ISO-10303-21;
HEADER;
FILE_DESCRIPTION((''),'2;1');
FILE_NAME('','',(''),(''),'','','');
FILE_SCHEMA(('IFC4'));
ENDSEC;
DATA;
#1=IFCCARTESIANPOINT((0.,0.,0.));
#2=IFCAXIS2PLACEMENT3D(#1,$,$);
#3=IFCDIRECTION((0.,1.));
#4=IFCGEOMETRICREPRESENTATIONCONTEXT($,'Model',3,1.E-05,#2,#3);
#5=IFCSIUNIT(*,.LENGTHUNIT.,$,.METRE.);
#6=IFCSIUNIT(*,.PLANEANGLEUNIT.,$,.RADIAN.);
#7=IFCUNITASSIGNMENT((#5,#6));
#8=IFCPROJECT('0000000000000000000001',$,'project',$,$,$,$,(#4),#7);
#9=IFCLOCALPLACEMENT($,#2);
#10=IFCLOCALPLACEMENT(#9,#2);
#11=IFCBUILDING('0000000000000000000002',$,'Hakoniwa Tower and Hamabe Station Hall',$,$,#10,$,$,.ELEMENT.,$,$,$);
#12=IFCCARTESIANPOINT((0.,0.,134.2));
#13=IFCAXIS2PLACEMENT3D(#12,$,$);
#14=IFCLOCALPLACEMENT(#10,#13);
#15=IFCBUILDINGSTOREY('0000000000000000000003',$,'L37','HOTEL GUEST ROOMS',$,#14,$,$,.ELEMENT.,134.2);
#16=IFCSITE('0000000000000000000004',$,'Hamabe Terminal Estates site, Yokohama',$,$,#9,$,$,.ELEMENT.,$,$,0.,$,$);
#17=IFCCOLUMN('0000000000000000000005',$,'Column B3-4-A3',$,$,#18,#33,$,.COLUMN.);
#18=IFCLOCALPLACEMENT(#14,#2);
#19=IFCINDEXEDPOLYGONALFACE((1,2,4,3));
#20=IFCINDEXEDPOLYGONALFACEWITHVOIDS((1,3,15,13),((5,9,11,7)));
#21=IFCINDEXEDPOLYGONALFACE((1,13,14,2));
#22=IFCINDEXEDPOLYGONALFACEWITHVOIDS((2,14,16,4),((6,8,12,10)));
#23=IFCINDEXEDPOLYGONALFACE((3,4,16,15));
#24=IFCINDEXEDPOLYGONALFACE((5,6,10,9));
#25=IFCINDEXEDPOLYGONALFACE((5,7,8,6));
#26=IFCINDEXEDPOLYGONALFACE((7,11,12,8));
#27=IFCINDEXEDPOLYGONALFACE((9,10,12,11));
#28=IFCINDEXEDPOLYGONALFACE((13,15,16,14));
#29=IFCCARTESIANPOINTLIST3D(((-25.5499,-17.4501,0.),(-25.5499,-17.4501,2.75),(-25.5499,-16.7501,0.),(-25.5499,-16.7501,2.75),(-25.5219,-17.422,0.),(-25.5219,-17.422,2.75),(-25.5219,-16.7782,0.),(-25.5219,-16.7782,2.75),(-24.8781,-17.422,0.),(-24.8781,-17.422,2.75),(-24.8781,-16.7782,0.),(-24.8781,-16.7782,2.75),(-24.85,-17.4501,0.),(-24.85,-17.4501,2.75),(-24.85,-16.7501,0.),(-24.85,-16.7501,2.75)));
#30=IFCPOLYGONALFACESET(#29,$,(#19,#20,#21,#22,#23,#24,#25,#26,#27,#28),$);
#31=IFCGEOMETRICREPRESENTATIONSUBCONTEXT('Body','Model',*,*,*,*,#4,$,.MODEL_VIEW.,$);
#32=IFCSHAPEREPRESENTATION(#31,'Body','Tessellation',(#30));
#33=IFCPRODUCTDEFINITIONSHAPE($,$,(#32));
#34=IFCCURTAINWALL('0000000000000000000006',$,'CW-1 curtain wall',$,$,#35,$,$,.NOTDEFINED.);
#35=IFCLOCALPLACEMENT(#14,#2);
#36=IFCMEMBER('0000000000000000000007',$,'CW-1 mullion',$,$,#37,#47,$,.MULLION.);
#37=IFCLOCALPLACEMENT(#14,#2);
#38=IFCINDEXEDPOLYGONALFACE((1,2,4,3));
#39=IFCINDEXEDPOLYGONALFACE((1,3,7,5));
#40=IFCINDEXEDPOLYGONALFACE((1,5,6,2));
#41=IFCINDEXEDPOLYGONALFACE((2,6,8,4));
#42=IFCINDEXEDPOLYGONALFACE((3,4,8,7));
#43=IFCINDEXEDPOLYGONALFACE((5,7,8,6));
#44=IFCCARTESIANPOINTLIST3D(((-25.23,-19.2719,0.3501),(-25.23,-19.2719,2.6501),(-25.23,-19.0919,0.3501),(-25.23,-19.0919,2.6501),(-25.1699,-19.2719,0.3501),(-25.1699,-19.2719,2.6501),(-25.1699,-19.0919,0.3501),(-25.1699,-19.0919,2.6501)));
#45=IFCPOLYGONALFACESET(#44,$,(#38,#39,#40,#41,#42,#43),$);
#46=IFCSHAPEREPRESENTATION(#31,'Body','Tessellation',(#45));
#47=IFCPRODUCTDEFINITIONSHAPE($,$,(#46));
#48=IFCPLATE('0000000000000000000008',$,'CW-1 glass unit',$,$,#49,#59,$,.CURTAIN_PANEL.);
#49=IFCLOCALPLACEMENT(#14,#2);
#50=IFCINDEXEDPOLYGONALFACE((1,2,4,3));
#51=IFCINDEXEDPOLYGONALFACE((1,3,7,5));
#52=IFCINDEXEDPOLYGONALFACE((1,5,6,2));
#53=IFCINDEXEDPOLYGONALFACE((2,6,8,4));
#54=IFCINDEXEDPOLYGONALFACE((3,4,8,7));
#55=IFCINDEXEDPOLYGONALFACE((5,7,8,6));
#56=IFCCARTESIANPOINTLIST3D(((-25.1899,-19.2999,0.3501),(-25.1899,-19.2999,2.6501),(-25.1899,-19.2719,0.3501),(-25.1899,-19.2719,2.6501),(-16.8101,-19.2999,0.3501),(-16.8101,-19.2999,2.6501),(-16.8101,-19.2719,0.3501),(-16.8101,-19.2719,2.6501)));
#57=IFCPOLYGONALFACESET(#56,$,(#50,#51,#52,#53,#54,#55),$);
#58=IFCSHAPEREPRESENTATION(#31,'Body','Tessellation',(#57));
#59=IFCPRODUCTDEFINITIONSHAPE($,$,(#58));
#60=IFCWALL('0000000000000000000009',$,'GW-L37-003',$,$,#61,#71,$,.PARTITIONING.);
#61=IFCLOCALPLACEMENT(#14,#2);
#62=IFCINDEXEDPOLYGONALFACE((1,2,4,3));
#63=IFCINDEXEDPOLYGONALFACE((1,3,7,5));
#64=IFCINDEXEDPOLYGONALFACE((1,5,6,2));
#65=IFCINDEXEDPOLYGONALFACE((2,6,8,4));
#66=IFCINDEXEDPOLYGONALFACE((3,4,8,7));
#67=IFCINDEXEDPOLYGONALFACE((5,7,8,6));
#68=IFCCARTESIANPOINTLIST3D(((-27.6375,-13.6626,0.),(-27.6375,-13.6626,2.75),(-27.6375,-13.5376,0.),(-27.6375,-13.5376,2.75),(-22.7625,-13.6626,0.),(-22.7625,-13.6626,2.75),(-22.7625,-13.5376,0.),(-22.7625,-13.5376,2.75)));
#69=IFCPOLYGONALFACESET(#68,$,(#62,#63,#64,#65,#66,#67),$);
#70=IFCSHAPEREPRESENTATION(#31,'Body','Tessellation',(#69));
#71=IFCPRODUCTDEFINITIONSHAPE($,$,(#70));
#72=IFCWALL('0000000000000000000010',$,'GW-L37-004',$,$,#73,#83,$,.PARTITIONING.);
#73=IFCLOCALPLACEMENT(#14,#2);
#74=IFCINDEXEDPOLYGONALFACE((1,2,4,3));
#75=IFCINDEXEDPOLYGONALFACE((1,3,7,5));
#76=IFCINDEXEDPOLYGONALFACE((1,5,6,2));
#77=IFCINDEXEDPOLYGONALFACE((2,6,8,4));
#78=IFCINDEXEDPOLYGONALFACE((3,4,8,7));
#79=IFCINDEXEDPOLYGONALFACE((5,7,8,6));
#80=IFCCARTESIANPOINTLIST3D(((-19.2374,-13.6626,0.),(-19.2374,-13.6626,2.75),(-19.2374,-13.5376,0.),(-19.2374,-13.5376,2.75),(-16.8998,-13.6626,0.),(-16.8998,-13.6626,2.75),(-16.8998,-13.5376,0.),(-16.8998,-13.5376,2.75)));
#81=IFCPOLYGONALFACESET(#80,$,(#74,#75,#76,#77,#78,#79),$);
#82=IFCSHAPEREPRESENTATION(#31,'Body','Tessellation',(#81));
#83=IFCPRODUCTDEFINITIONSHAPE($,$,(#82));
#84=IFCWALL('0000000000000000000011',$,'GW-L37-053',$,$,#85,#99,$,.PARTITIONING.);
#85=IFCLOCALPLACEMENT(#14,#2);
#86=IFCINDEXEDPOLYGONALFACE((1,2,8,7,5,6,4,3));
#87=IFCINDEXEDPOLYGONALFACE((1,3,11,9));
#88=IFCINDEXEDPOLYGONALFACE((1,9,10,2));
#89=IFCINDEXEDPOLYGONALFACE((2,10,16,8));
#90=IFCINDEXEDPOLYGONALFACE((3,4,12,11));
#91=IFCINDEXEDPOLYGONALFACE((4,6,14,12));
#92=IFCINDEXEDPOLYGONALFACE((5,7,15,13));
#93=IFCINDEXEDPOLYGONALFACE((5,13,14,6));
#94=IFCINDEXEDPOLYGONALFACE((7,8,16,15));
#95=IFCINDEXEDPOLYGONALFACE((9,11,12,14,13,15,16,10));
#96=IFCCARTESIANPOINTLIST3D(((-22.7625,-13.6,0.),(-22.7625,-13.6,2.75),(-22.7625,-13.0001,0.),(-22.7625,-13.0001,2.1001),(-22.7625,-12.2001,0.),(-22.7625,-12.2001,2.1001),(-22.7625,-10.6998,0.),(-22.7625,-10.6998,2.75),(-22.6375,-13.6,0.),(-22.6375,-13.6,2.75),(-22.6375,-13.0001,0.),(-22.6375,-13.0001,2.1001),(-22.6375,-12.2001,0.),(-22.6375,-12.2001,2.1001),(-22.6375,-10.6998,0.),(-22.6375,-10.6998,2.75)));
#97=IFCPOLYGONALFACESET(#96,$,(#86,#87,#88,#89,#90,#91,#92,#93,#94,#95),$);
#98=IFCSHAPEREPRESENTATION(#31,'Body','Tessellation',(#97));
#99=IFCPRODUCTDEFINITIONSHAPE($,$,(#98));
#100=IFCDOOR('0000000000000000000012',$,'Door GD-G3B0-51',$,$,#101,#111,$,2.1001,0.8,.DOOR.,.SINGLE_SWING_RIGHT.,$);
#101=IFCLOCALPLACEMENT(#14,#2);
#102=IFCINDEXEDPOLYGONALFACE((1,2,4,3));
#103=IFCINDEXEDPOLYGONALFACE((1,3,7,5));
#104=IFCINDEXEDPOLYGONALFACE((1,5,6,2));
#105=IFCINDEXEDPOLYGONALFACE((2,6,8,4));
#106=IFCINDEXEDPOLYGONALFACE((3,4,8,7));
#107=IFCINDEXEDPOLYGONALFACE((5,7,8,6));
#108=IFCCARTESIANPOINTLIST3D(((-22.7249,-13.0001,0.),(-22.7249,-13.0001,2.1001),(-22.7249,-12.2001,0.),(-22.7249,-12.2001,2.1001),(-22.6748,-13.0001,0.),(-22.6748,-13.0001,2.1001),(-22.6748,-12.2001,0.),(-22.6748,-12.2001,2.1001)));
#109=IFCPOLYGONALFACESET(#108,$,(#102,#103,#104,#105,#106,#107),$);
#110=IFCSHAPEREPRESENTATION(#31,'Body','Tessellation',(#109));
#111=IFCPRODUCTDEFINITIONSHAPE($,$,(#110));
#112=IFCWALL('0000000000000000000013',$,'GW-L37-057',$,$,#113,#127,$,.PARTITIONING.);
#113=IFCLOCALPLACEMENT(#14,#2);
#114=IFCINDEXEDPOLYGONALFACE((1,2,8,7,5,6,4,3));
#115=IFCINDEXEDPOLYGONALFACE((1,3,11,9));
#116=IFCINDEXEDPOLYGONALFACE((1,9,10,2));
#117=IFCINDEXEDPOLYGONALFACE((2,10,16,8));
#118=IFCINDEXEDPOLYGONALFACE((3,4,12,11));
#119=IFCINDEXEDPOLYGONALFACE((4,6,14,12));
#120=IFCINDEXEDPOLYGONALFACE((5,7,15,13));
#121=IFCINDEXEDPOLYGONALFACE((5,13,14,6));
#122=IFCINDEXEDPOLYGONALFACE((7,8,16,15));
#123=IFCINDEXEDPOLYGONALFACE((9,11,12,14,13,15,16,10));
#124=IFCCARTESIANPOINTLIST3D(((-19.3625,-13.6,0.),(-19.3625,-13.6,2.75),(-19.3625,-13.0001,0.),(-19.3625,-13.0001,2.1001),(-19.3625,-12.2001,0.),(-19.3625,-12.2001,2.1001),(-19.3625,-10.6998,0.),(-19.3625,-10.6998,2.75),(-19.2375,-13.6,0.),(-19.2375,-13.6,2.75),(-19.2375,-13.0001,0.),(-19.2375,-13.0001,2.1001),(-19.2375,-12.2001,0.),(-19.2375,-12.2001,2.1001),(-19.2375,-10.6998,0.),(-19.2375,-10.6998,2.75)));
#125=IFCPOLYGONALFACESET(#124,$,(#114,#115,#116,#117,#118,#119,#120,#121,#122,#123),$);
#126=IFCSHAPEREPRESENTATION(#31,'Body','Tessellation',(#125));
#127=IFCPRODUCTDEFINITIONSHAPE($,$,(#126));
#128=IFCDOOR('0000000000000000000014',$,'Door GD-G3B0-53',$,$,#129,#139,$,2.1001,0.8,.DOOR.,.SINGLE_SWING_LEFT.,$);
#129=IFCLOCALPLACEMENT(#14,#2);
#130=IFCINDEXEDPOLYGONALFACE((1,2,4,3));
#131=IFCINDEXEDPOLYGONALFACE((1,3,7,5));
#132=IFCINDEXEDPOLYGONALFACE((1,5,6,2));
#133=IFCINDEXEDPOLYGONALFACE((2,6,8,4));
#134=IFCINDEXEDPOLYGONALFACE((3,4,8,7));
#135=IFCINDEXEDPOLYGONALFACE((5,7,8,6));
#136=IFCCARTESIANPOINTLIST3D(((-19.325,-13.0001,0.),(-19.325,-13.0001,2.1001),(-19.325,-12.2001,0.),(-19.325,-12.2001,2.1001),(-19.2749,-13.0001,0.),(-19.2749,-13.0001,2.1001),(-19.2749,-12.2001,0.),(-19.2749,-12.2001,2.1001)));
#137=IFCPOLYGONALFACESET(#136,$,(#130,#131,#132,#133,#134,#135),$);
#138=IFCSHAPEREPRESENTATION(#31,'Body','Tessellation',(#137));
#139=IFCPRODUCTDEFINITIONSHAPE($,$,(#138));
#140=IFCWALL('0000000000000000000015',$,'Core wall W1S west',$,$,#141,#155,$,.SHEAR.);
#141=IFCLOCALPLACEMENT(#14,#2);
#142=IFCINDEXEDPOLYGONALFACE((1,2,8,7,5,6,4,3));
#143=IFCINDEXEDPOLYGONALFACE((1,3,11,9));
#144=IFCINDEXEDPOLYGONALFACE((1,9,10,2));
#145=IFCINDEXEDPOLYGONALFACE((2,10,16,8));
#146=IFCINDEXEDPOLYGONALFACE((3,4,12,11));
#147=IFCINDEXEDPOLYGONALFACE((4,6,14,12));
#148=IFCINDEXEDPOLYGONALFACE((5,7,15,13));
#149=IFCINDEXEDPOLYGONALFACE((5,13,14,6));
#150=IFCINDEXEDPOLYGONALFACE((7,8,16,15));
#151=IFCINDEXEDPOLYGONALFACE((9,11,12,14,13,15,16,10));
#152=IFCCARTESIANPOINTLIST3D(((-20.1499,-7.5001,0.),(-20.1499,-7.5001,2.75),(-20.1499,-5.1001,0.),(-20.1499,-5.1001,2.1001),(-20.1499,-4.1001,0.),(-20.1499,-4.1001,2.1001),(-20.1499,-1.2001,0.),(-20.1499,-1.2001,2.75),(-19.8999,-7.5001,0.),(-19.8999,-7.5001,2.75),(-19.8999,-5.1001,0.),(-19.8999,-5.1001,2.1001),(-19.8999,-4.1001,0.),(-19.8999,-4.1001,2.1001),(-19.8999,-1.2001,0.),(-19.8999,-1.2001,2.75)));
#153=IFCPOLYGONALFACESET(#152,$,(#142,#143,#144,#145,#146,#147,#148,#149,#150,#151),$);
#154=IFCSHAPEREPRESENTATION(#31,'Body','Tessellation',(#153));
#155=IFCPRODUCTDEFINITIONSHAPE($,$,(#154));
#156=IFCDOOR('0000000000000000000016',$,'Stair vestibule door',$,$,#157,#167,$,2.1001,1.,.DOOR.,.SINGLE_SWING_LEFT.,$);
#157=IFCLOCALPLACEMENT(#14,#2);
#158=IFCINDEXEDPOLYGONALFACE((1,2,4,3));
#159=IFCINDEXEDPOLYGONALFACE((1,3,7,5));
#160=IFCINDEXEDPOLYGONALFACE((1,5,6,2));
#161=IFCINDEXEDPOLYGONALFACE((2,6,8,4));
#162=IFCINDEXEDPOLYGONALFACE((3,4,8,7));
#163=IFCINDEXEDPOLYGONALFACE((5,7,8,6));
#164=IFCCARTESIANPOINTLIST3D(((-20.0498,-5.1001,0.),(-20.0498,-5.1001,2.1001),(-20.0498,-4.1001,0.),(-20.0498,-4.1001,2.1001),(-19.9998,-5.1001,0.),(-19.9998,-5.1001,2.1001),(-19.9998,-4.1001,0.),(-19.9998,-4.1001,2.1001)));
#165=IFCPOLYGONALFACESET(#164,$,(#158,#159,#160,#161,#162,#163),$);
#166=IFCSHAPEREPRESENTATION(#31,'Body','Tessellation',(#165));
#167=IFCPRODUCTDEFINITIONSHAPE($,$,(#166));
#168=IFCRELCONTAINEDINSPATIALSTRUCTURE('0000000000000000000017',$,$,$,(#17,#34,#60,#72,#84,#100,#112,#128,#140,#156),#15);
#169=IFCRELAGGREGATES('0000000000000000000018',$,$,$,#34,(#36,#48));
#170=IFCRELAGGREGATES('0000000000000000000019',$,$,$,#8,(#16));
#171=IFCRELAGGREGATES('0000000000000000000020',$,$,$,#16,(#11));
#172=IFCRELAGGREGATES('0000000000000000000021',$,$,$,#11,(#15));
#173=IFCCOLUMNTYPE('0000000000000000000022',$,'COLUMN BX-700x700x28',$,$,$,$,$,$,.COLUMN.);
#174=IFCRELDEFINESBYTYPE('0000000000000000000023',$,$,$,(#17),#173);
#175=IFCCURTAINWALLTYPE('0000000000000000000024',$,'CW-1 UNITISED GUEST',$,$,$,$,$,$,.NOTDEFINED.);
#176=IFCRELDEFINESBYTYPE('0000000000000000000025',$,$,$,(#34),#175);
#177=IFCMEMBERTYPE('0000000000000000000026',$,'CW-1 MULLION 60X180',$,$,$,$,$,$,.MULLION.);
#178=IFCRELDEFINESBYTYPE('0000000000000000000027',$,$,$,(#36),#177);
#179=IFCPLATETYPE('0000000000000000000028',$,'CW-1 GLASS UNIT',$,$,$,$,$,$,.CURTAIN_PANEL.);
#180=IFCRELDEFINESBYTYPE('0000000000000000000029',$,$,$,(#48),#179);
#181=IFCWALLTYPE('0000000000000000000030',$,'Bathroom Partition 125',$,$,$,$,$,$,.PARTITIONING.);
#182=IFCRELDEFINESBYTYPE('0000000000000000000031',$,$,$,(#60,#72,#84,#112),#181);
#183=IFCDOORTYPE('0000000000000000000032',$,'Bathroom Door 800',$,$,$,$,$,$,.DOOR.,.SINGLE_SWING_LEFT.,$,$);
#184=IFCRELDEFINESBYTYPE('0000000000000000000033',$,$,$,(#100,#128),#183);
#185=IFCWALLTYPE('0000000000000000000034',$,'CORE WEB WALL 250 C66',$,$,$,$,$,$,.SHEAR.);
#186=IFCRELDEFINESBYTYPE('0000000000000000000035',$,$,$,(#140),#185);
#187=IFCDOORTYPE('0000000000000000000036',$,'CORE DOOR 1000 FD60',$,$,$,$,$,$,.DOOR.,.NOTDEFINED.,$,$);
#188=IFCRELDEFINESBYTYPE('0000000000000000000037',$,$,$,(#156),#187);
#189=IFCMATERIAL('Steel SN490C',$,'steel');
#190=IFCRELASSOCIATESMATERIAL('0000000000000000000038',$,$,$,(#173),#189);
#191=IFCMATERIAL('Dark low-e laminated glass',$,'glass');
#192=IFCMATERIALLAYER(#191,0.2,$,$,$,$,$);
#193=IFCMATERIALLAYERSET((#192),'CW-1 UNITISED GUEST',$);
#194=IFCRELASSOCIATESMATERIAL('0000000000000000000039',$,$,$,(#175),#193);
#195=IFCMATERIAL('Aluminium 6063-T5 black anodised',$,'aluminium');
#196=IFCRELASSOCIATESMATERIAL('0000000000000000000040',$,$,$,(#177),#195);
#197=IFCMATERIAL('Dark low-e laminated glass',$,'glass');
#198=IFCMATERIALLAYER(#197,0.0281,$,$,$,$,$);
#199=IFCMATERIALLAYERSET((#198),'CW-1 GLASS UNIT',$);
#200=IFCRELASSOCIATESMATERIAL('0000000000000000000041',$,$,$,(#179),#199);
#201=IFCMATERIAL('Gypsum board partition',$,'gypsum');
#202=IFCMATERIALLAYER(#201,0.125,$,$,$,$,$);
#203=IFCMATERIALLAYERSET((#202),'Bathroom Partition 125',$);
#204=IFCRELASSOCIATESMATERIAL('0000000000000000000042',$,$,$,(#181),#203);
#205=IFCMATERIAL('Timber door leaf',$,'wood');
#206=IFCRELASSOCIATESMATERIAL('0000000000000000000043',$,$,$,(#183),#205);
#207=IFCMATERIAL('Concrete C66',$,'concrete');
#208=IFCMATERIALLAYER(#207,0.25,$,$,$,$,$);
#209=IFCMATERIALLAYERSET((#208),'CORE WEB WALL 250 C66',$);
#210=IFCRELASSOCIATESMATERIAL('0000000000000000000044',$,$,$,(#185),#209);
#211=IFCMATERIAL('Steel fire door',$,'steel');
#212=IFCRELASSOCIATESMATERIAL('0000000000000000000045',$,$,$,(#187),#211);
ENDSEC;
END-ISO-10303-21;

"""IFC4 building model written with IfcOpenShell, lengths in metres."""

from ifc_helpers import new_model, si_unit, direction, frame, frame_2d, origin, origin_2d, place, context, subcontext, project, spatial, rectangle, hollow_rectangle, extrude, material, layer, layer_set, material_profile, profile_set, type_object, element, fill, aggregate, save


model = new_model("IFC4")

# Units and contexts
model_context = context("Model", 3, precision=1e-05, world=origin(), true_north=direction((0.0, 1.0)))
body_context = subcontext(model_context, "Body", "Model", "MODEL_VIEW")
ifc_project = project(units=[si_unit("LENGTHUNIT", "METRE"), si_unit("PLANEANGLEUNIT", "RADIAN")], contexts=[model_context])

# Site, building, storey
site_placement = place(None, origin())
site = spatial("IfcSite", under=ifc_project, at=site_placement, Name="Hamabe Terminal Estates site, Yokohama", CompositionType="ELEMENT", RefElevation=0.0)
building_placement = place(site_placement, origin())
building = spatial("IfcBuilding", under=site, at=building_placement, Name="Hakoniwa Tower and Hamabe Station Hall", CompositionType="ELEMENT")
storey_placement = place(building_placement, frame((0.0, 0.0, 134.2)))
storey = spatial("IfcBuildingStorey", under=building, at=storey_placement, Name="L37", Description="HOTEL GUEST ROOMS", CompositionType="ELEMENT", Elevation=134.2)

# Column
ifc_material_1 = material(Name="Steel SN490C", Category="steel")
ifc_material_profile_1 = material_profile(ifc_material_1, hollow_rectangle(XDim=0.7, YDim=0.7, WallThickness=0.0281, at=origin_2d()), Name="BX-700x700x28")
ifc_profile_set_1 = profile_set([ifc_material_profile_1], Name="Steel SN490C")
column_type = type_object("IfcColumnType", Name="COLUMN BX-700x700x28", PredefinedType="COLUMN", material=ifc_profile_set_1)
column_placement = place(storey_placement, frame((-25.2, -17.1001, 0.0), z_axis=(0.0, 0.0, 1.0), x_axis=(1.0, 0.0, 0.0)))
element("IfcColumn", 1, at=column_placement, inside=storey, type_object=column_type, Name="Column B3-4-A3", PredefinedType="COLUMN", context=body_context, shape_type="SweptSolid", body=[
    extrude(hollow_rectangle(XDim=0.7, YDim=0.7, WallThickness=0.0281, at=origin_2d()), origin(), (0.0, 0.0, 1.0), 2.75),
])

# Curtain wall, member, plate
ifc_material_2 = material(Name="Dark low-e laminated glass", Category="glass")
ifc_layer_1 = layer(ifc_material_2, 0.2)
ifc_layer_set_1 = layer_set([ifc_layer_1], Name="CW-1 UNITISED GUEST")
curtain_wall_type = type_object("IfcCurtainWallType", Name="CW-1 UNITISED GUEST", PredefinedType="NOTDEFINED", material=ifc_layer_set_1)
curtain_wall_placement = place(storey_placement, origin())
curtain_wall = element("IfcCurtainWall", 2, at=curtain_wall_placement, inside=storey, type_object=curtain_wall_type, Name="CW-1 curtain wall", PredefinedType="NOTDEFINED")
ifc_material_3 = material(Name="Aluminium 6063-T5 black anodised", Category="aluminium")
ifc_material_profile_2 = material_profile(ifc_material_3, rectangle(XDim=0.0601, YDim=0.1799, at=origin_2d()), Name="CW-1 MULLION 60X180")
ifc_profile_set_2 = profile_set([ifc_material_profile_2], Name="Aluminium 6063-T5 black anodised")
member_type = type_object("IfcMemberType", Name="CW-1 MULLION 60X180", PredefinedType="MULLION", material=ifc_profile_set_2)
member_placement = place(storey_placement, frame((-25.2, -19.1819, 0.3501), z_axis=(0.0, 0.0, 1.0), x_axis=(1.0, 0.0, 0.0)))
member = element("IfcMember", 3, at=member_placement, type_object=member_type, Name="CW-1 mullion", PredefinedType="MULLION", context=body_context, shape_type="SweptSolid", body=[
    extrude(rectangle(XDim=0.0601, YDim=0.1799, at=origin_2d()), origin(), (0.0, 0.0, 1.0), 2.3),
])
ifc_material_4 = material(Name="Dark low-e laminated glass", Category="glass")
ifc_layer_2 = layer(ifc_material_4, 0.0281)
ifc_layer_set_2 = layer_set([ifc_layer_2], Name="CW-1 GLASS UNIT")
plate_type = type_object("IfcPlateType", Name="CW-1 GLASS UNIT", PredefinedType="CURTAIN_PANEL", material=ifc_layer_set_2)
plate_placement = place(storey_placement, frame((-21.0, -19.2859, 0.3501), z_axis=(0.0, 0.0, 1.0), x_axis=(1.0, 0.0, 0.0)))
plate = element("IfcPlate", 4, at=plate_placement, type_object=plate_type, Name="CW-1 glass unit", PredefinedType="CURTAIN_PANEL", context=body_context, shape_type="SweptSolid", body=[
    extrude(rectangle(XDim=8.3799, YDim=0.0281, at=origin_2d()), origin(), (0.0, 0.0, 1.0), 2.3),
])
aggregate(curtain_wall, [member, plate])

# Walls
ifc_material_5 = material(Name="Gypsum board partition", Category="gypsum")
ifc_layer_3 = layer(ifc_material_5, 0.125)
ifc_layer_set_3 = layer_set([ifc_layer_3], Name="Bathroom Partition 125")
wall_type_1 = type_object("IfcWallType", Name="Bathroom Partition 125", PredefinedType="PARTITIONING", material=ifc_layer_set_3)
wall_1_placement = place(storey_placement, frame((-27.6375, -13.6001, 0.0), z_axis=(0.0, 0.0, 1.0), x_axis=(1.0, 0.0, 0.0)))
element("IfcWall", 5, at=wall_1_placement, inside=storey, type_object=wall_type_1, Name="GW-L37-003", PredefinedType="PARTITIONING", context=body_context, shape_type="SweptSolid", body=[
    extrude(rectangle(XDim=4.875, YDim=0.125, at=frame_2d((2.4375, 0.0))), origin(), (0.0, 0.0, 1.0), 2.75),
])
wall_2_placement = place(storey_placement, frame((-19.2375, -13.6001, 0.0), z_axis=(0.0, 0.0, 1.0), x_axis=(1.0, 0.0, 0.0)))
element("IfcWall", 6, at=wall_2_placement, inside=storey, type_object=wall_type_1, Name="GW-L37-004", PredefinedType="PARTITIONING", context=body_context, shape_type="SweptSolid", body=[
    extrude(rectangle(XDim=2.3376, YDim=0.125, at=frame_2d((1.1689, 0.0))), origin(), (0.0, 0.0, 1.0), 2.75),
])

# Walls, openings, doors
wall_3_placement = place(storey_placement, frame((-22.7, -13.6001, 0.0), z_axis=(0.0, 0.0, 1.0), x_axis=(0.0, 1.0, 0.0)))
wall_3 = element("IfcWall", 7, at=wall_3_placement, inside=storey, type_object=wall_type_1, Name="GW-L37-053", PredefinedType="PARTITIONING", context=body_context, shape_type="SweptSolid", body=[
    extrude(rectangle(XDim=2.9001, YDim=0.125, at=frame_2d((1.4502, 0.0))), origin(), (0.0, 0.0, 1.0), 2.75),
])
opening_1_placement = place(wall_3_placement, frame((0.6001, 0.0, 0.0)))
opening_1 = element("IfcOpeningElement", 8, at=opening_1_placement, cuts=wall_3, PredefinedType="OPENING", context=body_context, shape_type="SweptSolid", body=[
    extrude(rectangle(XDim=0.8, YDim=2.1001, at=frame_2d((0.3999, 1.05))), frame((0.0, 0.0725, 0.0), z_axis=(0.0, -1.0, 0.0), x_axis=(1.0, 0.0, 0.0)), (0.0, 0.0, 1.0), 0.145),
])
ifc_material_6 = material(Name="Timber door leaf", Category="wood")
door_type_1 = type_object("IfcDoorType", Name="Bathroom Door 800", OperationType="SINGLE_SWING_LEFT", PredefinedType="DOOR", material=ifc_material_6)
door_1_placement = place(opening_1_placement, origin())
door_1 = element("IfcDoor", 9, at=door_1_placement, inside=storey, type_object=door_type_1, Name="Door GD-G3B0-51", OperationType="SINGLE_SWING_RIGHT", OverallHeight=2.1001, OverallWidth=0.8, PredefinedType="DOOR", context=body_context, shape_type="SweptSolid", body=[
    extrude(rectangle(XDim=0.8, YDim=2.1001, at=frame_2d((0.3999, 1.05))), frame((0.0, 0.0249, 0.0), z_axis=(0.0, -1.0, 0.0), x_axis=(1.0, 0.0, 0.0)), (0.0, 0.0, 1.0), 0.05),
])
fill(opening_1, door_1)
wall_4_placement = place(storey_placement, frame((-19.3, -13.6001, 0.0), z_axis=(0.0, 0.0, 1.0), x_axis=(0.0, 1.0, 0.0)))
wall_4 = element("IfcWall", 10, at=wall_4_placement, inside=storey, type_object=wall_type_1, Name="GW-L37-057", PredefinedType="PARTITIONING", context=body_context, shape_type="SweptSolid", body=[
    extrude(rectangle(XDim=2.9001, YDim=0.125, at=frame_2d((1.4502, 0.0))), origin(), (0.0, 0.0, 1.0), 2.75),
])
opening_2_placement = place(wall_4_placement, frame((0.6001, 0.0, 0.0)))
opening_2 = element("IfcOpeningElement", 11, at=opening_2_placement, cuts=wall_4, PredefinedType="OPENING", context=body_context, shape_type="SweptSolid", body=[
    extrude(rectangle(XDim=0.8, YDim=2.1001, at=frame_2d((0.3999, 1.05))), frame((0.0, 0.0725, 0.0), z_axis=(0.0, -1.0, 0.0), x_axis=(1.0, 0.0, 0.0)), (0.0, 0.0, 1.0), 0.145),
])
door_2_placement = place(opening_2_placement, origin())
door_2 = element("IfcDoor", 12, at=door_2_placement, inside=storey, type_object=door_type_1, Name="Door GD-G3B0-53", OperationType="SINGLE_SWING_LEFT", OverallHeight=2.1001, OverallWidth=0.8, PredefinedType="DOOR", context=body_context, shape_type="SweptSolid", body=[
    extrude(rectangle(XDim=0.8, YDim=2.1001, at=frame_2d((0.3999, 1.05))), frame((0.0, 0.0249, 0.0), z_axis=(0.0, -1.0, 0.0), x_axis=(1.0, 0.0, 0.0)), (0.0, 0.0, 1.0), 0.05),
])
fill(opening_2, door_2)
ifc_material_7 = material(Name="Concrete C66", Category="concrete")
ifc_layer_4 = layer(ifc_material_7, 0.25)
ifc_layer_set_4 = layer_set([ifc_layer_4], Name="CORE WEB WALL 250 C66")
wall_type_2 = type_object("IfcWallType", Name="CORE WEB WALL 250 C66", PredefinedType="SHEAR", material=ifc_layer_set_4)
wall_5_placement = place(storey_placement, frame((-20.0249, -7.5, 0.0), z_axis=(0.0, 0.0, 1.0), x_axis=(0.0, 1.0, 0.0)))
wall_5 = element("IfcWall", 13, at=wall_5_placement, inside=storey, type_object=wall_type_2, Name="Core wall W1S west", PredefinedType="SHEAR", context=body_context, shape_type="SweptSolid", body=[
    extrude(rectangle(XDim=6.3, YDim=0.25, at=frame_2d((3.1499, 0.0))), origin(), (0.0, 0.0, 1.0), 2.75),
])
opening_3_placement = place(wall_5_placement, frame((2.3999, 0.0, 0.0)))
opening_3 = element("IfcOpeningElement", 14, at=opening_3_placement, cuts=wall_5, PredefinedType="OPENING", context=body_context, shape_type="SweptSolid", body=[
    extrude(rectangle(XDim=1.0, YDim=2.1001, at=frame_2d((0.5, 1.05))), frame((0.0, 0.135, 0.0), z_axis=(0.0, -1.0, 0.0), x_axis=(1.0, 0.0, 0.0)), (0.0, 0.0, 1.0), 0.27),
])
ifc_material_8 = material(Name="Steel fire door", Category="steel")
door_type_2 = type_object("IfcDoorType", Name="CORE DOOR 1000 FD60", OperationType="NOTDEFINED", PredefinedType="DOOR", material=ifc_material_8)
door_3_placement = place(opening_3_placement, origin())
door_3 = element("IfcDoor", 15, at=door_3_placement, inside=storey, type_object=door_type_2, Name="Stair vestibule door", OperationType="SINGLE_SWING_LEFT", OverallHeight=2.1001, OverallWidth=1.0, PredefinedType="DOOR", context=body_context, shape_type="SweptSolid", body=[
    extrude(rectangle(XDim=1.0, YDim=2.1001, at=frame_2d((0.5, 1.05))), frame((0.0, 0.0249, 0.0), z_axis=(0.0, -1.0, 0.0), x_axis=(1.0, 0.0, 0.0)), (0.0, 0.0, 1.0), 0.05),
])
fill(opening_3, door_3)

save(model, "model.ifc")
